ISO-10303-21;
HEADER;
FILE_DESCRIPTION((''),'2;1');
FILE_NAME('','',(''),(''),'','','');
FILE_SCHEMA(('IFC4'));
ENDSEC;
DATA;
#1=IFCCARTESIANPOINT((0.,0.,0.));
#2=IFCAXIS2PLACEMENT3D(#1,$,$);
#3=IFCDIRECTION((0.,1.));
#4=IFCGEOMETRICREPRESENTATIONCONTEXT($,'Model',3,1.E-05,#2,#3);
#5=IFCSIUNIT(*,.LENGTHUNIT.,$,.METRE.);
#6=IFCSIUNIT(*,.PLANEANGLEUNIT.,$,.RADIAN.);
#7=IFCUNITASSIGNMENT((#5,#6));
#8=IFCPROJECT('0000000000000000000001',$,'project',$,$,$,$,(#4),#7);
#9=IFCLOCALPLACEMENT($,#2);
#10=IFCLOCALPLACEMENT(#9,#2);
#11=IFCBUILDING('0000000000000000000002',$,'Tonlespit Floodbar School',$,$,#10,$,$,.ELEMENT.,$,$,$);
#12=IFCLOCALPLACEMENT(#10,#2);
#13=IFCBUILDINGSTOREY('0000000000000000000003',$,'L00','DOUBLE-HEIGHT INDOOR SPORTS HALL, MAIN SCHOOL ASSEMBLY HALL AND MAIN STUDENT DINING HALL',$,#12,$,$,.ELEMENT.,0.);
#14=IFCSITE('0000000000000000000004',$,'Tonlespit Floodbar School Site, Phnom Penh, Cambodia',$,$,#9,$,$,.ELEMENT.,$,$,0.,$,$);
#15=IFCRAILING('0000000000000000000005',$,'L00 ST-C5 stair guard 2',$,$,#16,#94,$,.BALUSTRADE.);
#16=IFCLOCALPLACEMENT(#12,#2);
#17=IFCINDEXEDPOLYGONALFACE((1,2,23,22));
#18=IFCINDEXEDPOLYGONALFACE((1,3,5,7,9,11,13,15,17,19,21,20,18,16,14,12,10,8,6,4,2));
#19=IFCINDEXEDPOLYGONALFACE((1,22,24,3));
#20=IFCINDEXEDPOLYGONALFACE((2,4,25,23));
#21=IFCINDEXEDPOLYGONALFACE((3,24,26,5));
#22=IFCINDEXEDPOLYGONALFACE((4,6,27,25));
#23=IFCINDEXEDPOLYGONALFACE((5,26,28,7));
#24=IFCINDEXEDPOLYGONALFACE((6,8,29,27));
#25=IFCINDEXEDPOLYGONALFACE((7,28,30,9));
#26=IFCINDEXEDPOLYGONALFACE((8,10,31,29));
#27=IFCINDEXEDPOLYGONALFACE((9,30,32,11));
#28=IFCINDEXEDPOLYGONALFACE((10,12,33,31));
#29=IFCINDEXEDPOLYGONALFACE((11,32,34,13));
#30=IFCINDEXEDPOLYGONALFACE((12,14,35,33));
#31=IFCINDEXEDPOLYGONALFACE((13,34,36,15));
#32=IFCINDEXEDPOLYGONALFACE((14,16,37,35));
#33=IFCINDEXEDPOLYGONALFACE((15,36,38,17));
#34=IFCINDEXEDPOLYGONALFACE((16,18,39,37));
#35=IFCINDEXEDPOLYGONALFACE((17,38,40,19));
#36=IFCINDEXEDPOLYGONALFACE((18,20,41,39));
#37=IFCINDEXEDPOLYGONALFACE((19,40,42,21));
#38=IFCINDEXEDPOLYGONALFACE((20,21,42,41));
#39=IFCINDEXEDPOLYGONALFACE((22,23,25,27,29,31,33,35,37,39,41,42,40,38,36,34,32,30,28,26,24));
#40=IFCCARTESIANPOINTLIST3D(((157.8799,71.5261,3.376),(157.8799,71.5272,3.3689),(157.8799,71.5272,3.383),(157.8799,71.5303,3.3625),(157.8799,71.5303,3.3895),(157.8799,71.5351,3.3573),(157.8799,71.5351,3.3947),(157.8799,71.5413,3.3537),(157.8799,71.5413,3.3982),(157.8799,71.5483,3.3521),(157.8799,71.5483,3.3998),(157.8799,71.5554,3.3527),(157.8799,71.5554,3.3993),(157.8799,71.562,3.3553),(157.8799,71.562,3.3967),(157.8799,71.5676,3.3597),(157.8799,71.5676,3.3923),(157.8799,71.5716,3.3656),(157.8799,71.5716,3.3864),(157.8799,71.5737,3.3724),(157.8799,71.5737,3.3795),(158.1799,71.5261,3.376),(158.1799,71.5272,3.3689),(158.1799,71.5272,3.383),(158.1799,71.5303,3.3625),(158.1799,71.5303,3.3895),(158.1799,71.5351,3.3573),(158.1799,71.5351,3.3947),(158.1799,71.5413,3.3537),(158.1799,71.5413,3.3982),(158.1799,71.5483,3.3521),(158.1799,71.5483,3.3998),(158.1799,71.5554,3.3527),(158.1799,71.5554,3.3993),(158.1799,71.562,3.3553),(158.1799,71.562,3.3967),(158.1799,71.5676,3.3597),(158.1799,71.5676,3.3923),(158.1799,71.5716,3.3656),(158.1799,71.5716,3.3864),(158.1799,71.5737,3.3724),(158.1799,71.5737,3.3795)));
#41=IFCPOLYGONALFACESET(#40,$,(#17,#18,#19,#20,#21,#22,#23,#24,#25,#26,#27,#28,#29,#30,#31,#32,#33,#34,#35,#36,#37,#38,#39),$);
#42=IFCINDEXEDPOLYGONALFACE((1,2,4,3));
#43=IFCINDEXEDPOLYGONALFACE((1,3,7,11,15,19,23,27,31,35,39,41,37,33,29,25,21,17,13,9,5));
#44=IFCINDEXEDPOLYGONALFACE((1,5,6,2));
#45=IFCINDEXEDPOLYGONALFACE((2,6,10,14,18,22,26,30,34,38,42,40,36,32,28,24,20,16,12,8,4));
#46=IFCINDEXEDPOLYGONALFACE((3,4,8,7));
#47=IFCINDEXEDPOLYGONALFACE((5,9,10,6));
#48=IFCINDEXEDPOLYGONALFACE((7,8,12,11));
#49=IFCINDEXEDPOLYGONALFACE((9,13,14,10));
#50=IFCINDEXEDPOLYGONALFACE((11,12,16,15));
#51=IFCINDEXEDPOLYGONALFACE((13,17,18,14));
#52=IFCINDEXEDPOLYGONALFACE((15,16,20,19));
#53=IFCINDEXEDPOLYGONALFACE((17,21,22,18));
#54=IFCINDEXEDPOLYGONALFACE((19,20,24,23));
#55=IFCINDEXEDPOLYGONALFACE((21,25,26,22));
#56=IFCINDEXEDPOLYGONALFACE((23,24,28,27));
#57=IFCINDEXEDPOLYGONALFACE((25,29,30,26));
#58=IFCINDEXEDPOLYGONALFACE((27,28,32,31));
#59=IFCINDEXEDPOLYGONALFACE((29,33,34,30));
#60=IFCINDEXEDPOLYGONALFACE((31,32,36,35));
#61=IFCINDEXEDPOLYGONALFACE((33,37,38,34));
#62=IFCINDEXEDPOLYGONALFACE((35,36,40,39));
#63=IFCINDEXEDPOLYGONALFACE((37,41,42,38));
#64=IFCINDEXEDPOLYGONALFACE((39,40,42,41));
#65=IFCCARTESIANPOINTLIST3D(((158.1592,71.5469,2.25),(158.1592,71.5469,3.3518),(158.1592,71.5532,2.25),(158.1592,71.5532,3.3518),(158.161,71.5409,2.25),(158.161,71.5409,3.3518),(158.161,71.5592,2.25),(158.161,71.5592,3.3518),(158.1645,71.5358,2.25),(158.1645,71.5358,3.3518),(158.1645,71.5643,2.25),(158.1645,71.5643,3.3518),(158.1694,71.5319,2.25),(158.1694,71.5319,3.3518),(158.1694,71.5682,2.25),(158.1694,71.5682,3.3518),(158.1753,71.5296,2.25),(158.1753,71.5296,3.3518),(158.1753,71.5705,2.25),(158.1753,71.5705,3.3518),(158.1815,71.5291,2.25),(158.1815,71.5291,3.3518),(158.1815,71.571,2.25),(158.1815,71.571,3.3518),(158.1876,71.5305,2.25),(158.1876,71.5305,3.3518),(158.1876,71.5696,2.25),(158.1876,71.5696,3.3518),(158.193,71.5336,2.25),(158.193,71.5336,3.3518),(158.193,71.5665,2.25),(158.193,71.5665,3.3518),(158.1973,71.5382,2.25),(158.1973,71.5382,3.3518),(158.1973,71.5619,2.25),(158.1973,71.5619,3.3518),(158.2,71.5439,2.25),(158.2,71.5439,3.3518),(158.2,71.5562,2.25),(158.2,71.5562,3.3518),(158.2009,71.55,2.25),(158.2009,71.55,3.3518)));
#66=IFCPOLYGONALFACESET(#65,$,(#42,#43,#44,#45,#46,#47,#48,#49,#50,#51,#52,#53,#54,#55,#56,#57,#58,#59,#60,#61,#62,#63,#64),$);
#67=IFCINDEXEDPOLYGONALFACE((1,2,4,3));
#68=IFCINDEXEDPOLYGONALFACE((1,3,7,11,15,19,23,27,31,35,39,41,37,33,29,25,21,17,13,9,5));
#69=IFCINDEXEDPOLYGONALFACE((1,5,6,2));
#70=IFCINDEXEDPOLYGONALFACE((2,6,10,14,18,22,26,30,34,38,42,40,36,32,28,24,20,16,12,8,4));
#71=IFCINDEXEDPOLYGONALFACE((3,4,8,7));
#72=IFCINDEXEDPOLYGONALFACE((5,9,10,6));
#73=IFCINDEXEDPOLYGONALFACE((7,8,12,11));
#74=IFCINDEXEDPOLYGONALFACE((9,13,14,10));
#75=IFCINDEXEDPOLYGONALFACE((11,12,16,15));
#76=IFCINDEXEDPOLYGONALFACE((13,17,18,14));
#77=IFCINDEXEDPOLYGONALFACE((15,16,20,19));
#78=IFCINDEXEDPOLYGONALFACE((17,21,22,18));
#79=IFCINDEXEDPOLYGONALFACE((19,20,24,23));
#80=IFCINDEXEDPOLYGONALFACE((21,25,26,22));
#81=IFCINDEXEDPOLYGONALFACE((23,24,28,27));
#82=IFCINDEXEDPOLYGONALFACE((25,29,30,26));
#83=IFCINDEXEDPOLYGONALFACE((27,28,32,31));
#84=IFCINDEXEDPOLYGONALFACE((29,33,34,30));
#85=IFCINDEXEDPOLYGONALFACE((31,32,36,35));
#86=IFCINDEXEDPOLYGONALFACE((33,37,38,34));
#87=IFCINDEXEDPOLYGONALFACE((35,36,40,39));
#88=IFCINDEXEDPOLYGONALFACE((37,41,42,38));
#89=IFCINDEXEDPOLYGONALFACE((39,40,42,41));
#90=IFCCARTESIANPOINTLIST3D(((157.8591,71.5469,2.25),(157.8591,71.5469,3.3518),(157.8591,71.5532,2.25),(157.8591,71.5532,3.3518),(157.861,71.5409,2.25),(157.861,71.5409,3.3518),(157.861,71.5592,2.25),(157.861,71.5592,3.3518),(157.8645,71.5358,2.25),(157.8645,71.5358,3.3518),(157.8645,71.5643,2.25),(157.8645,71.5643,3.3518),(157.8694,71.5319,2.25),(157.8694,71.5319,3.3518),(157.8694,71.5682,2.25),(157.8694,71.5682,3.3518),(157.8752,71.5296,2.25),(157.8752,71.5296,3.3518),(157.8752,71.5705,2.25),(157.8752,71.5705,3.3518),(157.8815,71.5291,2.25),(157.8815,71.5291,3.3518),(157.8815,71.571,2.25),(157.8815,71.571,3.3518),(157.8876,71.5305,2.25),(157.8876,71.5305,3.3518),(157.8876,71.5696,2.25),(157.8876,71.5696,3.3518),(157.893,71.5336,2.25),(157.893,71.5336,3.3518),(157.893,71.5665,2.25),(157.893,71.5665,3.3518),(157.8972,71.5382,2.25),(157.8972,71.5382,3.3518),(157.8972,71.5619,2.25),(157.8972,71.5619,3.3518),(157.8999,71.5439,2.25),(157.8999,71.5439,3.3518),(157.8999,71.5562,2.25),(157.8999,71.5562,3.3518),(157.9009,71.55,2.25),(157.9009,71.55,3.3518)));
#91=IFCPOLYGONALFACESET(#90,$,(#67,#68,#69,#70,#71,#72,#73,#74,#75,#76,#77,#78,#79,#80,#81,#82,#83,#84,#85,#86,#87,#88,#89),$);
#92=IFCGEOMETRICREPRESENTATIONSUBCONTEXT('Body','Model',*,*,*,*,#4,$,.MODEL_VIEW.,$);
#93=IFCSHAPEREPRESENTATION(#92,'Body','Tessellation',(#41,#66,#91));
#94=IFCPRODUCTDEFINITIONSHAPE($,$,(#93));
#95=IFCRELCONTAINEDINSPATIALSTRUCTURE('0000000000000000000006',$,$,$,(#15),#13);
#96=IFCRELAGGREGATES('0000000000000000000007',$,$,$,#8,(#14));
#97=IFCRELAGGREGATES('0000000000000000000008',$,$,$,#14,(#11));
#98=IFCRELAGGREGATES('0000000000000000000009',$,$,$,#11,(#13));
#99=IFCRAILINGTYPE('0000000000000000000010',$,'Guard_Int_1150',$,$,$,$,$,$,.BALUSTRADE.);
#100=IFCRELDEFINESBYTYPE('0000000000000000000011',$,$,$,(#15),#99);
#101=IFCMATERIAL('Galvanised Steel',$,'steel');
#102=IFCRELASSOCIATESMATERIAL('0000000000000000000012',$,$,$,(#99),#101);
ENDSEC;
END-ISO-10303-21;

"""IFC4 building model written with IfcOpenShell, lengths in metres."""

from ifc_helpers import new_model, si_unit, direction, frame, origin, origin_2d, place, context, subcontext, project, spatial, circle, extrude, material, type_object, element, save


model = new_model("IFC4")

# Units and contexts
model_context = context("Model", 3, precision=1e-05, world=origin(), true_north=direction((0.0, 1.0)))
body_context = subcontext(model_context, "Body", "Model", "MODEL_VIEW")
ifc_project = project(units=[si_unit("LENGTHUNIT", "METRE"), si_unit("PLANEANGLEUNIT", "RADIAN")], contexts=[model_context])

# Site, building, storey
site_placement = place(None, origin())
site = spatial("IfcSite", under=ifc_project, at=site_placement, Name="Tonlespit Floodbar School Site, Phnom Penh, Cambodia", CompositionType="ELEMENT", RefElevation=0.0)
building_placement = place(site_placement, origin())
building = spatial("IfcBuilding", under=site, at=building_placement, Name="Tonlespit Floodbar School", CompositionType="ELEMENT")
storey_placement = place(building_placement, origin())
storey = spatial("IfcBuildingStorey", under=building, at=storey_placement, Name="L00", Description="DOUBLE-HEIGHT INDOOR SPORTS HALL, MAIN SCHOOL ASSEMBLY HALL AND MAIN STUDENT DINING HALL", CompositionType="ELEMENT", Elevation=0.0)

# Shared definitions
ifc_material_1 = material(Name="Galvanised Steel", Category="steel")

# Railing
railing_type_1 = type_object("IfcRailingType", Name="Guard_Int_1150", PredefinedType="BALUSTRADE", material=ifc_material_1)
railing_1_placement = place(storey_placement, frame((158.1799, 71.55, 2.25)))
element("IfcRailing", 1, at=railing_1_placement, inside=storey, type_object=railing_type_1, Name="L00 ST-C5 stair guard 2", PredefinedType="BALUSTRADE", context=body_context, shape_type="SweptSolid", body=[
    extrude(circle(Radius=0.0239, at=origin_2d()), frame((0.0, 0.0, 1.126), z_axis=(-1.0, 0.0, 0.0), x_axis=(0.0, -1.0, 0.0)), (0.0, 0.0, 1.0), 0.3),
    extrude(circle(Radius=0.021, at=origin_2d()), origin(), (0.0, 0.0, 1.0), 1.1018),
    extrude(circle(Radius=0.021, at=origin_2d()), frame((-0.3, 0.0, 0.0)), (0.0, 0.0, 1.0), 1.1018),
])

save(model, "model.ifc")
